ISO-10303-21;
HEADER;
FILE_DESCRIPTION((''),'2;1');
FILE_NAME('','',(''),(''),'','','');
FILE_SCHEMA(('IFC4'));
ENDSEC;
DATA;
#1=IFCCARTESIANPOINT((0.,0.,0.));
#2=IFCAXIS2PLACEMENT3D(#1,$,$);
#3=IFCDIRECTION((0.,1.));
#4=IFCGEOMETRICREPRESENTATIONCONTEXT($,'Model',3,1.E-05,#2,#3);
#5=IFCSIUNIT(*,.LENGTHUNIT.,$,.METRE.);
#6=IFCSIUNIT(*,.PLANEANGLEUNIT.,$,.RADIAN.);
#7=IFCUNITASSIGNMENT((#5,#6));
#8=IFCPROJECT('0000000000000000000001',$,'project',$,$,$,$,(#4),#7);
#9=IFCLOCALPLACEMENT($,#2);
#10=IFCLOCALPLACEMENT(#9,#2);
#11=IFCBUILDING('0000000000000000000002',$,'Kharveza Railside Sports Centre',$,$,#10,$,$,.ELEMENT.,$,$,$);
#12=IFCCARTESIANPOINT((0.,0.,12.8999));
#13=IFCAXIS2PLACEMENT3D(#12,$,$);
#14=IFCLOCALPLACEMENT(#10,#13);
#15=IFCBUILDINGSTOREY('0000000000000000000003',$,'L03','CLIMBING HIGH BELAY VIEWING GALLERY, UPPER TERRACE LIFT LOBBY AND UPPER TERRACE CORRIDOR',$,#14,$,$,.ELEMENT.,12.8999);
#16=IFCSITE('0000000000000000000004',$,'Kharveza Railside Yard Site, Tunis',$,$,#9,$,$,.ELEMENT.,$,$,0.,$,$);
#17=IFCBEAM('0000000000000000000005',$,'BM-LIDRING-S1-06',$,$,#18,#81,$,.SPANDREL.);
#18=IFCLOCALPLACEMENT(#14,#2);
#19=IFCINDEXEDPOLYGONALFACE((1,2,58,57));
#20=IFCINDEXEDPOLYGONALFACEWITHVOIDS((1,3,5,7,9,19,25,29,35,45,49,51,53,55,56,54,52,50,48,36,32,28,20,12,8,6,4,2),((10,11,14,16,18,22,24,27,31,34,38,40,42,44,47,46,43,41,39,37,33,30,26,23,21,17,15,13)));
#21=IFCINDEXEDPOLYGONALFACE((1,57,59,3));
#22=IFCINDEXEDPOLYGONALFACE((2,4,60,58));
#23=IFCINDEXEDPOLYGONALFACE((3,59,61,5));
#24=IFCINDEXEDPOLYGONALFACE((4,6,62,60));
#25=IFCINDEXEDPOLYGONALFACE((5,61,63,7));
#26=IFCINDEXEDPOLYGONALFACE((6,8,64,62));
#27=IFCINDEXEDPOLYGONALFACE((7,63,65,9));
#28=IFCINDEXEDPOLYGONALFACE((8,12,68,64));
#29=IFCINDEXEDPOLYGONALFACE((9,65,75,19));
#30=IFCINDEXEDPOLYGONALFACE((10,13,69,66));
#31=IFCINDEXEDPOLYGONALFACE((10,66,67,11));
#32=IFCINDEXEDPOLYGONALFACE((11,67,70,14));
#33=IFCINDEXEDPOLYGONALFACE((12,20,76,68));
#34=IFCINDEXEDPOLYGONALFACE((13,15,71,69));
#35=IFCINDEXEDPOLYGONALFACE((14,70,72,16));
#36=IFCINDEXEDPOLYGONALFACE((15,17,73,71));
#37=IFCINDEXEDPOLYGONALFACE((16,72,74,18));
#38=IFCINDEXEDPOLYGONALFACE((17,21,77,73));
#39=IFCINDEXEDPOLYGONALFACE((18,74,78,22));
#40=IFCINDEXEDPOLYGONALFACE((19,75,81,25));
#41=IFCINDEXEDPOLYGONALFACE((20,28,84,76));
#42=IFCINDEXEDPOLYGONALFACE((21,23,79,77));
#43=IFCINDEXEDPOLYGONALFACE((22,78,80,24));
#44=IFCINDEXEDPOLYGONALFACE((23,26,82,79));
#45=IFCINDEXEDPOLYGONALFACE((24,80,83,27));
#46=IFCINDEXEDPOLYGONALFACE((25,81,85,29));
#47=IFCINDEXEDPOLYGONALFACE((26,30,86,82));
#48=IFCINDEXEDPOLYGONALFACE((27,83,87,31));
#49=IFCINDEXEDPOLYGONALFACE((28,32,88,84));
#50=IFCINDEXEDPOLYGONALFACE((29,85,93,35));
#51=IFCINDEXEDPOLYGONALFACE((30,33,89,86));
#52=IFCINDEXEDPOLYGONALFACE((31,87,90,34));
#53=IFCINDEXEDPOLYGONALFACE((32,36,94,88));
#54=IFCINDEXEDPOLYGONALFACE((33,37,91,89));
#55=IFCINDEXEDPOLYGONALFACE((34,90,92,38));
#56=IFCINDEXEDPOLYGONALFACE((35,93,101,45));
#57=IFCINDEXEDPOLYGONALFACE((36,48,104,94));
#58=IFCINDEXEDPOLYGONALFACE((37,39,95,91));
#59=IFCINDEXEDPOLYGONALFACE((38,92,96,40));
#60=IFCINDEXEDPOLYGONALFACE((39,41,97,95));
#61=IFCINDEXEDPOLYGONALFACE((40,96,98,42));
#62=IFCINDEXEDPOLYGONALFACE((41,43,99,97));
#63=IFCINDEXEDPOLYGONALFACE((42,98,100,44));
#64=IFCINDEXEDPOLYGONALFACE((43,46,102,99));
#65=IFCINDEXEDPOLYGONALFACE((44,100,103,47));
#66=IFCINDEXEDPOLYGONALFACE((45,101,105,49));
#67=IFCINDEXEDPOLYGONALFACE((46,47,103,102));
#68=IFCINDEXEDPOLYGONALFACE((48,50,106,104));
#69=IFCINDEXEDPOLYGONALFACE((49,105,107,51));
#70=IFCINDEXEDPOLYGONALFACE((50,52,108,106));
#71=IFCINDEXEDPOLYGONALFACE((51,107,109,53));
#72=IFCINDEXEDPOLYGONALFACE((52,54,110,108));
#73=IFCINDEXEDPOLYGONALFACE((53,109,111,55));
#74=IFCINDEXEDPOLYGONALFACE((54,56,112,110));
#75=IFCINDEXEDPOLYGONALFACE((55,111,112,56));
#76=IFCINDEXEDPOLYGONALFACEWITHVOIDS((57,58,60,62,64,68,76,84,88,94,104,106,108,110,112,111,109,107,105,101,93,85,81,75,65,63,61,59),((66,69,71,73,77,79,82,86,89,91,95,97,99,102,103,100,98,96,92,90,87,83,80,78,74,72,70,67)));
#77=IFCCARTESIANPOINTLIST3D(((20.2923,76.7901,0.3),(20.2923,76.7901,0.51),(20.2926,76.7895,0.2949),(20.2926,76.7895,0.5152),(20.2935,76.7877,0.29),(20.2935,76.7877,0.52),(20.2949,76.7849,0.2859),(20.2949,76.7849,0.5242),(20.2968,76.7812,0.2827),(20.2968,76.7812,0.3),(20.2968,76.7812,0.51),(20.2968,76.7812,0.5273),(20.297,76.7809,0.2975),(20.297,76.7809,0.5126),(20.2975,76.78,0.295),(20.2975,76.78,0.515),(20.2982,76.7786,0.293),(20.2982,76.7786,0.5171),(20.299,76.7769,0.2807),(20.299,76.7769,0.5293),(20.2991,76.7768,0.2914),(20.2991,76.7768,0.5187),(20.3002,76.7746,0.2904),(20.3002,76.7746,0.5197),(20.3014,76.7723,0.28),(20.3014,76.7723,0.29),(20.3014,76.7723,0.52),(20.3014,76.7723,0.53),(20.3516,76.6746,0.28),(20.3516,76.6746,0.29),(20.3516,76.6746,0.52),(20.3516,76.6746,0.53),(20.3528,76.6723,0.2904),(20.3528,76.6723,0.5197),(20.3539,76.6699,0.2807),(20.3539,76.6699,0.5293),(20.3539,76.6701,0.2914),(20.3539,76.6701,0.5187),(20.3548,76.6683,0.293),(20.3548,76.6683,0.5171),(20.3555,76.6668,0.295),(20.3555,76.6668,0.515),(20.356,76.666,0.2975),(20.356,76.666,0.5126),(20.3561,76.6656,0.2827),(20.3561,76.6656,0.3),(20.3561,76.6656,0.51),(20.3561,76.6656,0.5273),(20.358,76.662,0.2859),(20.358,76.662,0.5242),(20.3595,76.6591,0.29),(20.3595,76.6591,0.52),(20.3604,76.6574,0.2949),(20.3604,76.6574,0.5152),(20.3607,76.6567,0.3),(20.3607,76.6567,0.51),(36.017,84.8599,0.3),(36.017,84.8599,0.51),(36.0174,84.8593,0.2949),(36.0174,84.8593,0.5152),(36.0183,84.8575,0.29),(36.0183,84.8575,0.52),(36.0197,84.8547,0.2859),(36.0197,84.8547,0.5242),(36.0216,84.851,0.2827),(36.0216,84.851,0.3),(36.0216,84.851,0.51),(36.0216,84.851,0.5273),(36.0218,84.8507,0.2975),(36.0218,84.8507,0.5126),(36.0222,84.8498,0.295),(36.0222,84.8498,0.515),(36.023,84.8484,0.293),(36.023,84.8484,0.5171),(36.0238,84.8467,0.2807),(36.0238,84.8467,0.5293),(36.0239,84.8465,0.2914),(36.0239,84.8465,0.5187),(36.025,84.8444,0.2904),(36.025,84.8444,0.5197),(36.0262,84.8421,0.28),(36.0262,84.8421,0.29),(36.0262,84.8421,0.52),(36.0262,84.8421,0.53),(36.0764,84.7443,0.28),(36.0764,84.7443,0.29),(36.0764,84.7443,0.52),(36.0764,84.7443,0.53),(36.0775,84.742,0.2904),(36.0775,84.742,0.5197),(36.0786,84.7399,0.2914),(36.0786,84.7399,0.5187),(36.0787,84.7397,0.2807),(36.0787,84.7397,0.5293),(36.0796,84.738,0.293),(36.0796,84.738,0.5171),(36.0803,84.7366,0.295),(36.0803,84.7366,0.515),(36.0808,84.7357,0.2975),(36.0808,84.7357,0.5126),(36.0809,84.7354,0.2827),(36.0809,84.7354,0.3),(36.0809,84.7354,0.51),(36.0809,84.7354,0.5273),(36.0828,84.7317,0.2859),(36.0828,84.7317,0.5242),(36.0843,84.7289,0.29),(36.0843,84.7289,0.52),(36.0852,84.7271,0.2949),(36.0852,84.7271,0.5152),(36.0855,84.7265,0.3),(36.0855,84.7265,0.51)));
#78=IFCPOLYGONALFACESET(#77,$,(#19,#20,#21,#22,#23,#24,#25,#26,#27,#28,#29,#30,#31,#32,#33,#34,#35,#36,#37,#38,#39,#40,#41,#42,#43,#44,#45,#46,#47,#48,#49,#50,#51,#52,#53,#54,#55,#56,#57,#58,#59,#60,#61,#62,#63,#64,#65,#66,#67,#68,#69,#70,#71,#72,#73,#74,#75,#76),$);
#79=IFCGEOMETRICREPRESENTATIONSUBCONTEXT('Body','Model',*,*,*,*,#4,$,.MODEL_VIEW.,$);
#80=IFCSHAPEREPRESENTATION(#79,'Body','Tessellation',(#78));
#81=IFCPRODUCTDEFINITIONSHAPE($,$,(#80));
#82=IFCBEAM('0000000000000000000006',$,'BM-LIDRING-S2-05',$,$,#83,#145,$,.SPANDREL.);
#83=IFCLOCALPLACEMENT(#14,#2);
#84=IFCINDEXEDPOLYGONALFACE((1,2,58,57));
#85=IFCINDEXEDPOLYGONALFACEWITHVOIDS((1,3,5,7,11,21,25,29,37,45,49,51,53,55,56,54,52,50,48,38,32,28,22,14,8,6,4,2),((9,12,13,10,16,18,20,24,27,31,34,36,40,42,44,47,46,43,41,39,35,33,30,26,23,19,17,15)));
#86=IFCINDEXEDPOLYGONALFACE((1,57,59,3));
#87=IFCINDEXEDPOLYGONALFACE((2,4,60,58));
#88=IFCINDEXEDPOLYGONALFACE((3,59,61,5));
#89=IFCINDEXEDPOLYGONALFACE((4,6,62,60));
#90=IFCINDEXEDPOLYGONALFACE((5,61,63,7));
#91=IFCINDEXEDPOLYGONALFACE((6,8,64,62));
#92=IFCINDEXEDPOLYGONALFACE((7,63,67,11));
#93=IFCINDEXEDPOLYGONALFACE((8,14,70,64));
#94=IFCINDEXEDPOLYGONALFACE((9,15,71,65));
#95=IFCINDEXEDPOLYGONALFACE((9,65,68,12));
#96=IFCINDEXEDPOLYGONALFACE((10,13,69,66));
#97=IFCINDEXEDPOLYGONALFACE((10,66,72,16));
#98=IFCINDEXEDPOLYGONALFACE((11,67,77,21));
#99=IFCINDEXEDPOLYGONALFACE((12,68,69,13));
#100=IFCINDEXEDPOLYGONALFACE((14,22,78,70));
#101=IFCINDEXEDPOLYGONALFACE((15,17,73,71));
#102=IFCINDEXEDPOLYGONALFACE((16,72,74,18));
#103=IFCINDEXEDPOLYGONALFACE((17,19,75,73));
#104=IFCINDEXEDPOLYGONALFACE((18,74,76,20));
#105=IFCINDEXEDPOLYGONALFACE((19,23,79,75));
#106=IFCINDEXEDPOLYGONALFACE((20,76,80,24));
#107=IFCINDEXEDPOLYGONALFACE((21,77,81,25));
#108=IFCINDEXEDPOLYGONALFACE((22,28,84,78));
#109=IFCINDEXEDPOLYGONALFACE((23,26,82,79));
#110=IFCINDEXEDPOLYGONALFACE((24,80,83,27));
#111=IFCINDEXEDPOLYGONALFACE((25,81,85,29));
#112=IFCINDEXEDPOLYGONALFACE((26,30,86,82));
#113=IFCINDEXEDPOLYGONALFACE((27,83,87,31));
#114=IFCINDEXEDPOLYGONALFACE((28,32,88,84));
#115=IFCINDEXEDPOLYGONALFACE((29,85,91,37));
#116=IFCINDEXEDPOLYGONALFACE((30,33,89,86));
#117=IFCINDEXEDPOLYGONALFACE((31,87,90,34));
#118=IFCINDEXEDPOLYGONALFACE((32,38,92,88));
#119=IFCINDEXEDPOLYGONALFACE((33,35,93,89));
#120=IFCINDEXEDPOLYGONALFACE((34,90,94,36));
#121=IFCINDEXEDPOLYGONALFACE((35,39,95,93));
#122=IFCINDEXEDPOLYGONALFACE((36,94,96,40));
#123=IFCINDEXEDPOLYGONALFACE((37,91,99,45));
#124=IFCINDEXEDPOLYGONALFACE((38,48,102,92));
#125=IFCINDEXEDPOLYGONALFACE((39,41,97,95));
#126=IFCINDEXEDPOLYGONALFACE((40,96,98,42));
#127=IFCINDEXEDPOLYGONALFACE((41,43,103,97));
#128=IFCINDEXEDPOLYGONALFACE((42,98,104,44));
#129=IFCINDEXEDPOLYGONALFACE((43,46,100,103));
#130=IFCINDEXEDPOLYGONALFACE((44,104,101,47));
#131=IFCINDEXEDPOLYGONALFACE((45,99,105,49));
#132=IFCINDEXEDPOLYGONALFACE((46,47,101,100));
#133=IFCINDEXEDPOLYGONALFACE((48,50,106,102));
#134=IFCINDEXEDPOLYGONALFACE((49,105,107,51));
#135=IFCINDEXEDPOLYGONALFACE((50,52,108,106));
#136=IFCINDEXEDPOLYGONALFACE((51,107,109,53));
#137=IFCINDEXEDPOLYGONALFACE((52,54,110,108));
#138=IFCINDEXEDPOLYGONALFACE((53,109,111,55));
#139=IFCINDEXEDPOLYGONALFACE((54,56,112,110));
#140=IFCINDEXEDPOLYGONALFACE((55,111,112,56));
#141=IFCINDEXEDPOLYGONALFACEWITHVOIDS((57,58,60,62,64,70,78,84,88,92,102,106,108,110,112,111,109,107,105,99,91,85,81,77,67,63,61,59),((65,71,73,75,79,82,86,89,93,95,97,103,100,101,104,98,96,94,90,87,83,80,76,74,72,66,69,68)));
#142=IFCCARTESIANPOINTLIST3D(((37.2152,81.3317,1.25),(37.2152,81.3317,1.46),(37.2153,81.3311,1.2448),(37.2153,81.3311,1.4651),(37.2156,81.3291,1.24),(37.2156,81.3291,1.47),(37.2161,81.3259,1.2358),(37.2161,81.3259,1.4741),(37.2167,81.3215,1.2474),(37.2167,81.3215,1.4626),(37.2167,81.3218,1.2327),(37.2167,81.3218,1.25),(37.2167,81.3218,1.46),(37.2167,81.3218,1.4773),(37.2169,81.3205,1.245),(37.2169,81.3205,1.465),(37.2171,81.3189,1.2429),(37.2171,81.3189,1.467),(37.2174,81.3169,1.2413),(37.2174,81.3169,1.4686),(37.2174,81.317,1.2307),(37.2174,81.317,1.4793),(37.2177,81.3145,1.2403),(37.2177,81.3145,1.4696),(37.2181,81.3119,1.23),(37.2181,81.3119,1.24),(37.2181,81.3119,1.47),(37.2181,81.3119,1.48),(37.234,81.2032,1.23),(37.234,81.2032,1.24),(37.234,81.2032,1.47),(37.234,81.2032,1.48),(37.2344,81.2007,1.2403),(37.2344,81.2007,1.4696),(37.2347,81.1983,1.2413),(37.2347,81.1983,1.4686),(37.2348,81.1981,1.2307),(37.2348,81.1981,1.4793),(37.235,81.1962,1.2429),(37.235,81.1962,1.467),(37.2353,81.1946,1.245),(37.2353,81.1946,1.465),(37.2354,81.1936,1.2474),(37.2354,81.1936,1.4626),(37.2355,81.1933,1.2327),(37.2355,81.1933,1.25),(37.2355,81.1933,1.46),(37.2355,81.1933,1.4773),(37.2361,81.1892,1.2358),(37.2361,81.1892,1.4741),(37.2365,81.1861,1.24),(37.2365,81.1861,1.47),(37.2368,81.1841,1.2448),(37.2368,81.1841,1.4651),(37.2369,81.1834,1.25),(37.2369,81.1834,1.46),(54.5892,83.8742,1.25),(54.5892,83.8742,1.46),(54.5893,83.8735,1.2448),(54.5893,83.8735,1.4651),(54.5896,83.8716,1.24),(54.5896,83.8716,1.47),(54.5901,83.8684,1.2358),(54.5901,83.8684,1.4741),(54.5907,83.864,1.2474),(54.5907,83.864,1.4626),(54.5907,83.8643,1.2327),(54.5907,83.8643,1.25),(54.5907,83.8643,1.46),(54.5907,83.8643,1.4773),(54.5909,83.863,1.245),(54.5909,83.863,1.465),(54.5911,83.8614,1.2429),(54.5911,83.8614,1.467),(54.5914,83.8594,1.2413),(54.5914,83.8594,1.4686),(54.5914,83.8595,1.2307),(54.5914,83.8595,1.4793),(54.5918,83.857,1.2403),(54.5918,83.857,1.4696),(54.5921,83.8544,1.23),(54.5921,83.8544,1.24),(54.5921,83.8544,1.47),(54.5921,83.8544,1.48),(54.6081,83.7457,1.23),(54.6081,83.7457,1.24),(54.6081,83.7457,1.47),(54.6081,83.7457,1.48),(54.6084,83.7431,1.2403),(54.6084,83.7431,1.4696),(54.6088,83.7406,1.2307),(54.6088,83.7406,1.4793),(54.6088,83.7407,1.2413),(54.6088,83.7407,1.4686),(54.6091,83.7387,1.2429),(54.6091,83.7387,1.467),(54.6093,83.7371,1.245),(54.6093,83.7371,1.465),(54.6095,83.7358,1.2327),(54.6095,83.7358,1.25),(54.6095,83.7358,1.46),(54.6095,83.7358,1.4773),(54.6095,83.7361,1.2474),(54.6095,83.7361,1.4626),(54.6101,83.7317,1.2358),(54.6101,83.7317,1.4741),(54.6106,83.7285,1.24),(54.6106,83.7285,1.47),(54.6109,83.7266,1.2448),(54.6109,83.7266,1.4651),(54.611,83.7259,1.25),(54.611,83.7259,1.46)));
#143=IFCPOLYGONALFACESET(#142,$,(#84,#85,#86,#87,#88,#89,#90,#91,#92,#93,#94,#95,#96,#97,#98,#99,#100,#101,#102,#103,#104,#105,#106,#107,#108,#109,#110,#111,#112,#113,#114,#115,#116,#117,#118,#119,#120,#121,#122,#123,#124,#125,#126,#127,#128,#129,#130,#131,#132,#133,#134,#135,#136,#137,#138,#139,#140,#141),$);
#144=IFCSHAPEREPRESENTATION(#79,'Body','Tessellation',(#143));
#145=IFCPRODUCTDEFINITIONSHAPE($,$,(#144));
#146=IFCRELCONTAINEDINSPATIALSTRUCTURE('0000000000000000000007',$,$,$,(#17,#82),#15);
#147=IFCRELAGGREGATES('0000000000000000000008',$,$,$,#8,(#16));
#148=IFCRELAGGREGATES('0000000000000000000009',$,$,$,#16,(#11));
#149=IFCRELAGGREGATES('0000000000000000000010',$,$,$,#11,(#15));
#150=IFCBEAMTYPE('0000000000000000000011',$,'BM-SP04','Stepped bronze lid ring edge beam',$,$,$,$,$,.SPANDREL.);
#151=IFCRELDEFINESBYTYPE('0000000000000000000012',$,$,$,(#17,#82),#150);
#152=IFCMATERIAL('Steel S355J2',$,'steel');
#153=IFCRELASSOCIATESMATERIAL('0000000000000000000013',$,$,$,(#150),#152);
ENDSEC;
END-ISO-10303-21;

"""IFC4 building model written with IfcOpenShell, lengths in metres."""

from ifc_helpers import new_model, si_unit, direction, frame, origin, origin_2d, place, context, subcontext, project, spatial, hollow_rectangle, extrude, material, material_profile, profile_set, type_object, element, save


model = new_model("IFC4")

# Units and contexts
model_context = context("Model", 3, precision=1e-05, world=origin(), true_north=direction((0.0, 1.0)))
body_context = subcontext(model_context, "Body", "Model", "MODEL_VIEW")
ifc_project = project(units=[si_unit("LENGTHUNIT", "METRE"), si_unit("PLANEANGLEUNIT", "RADIAN")], contexts=[model_context])

# Site, building, storey
site_placement = place(None, origin())
site = spatial("IfcSite", under=ifc_project, at=site_placement, Name="Kharveza Railside Yard Site, Tunis", CompositionType="ELEMENT", RefElevation=0.0)
building_placement = place(site_placement, origin())
building = spatial("IfcBuilding", under=site, at=building_placement, Name="Kharveza Railside Sports Centre", CompositionType="ELEMENT")
storey_placement = place(building_placement, frame((0.0, 0.0, 12.8999)))
storey = spatial("IfcBuildingStorey", under=building, at=storey_placement, Name="L03", Description="CLIMBING HIGH BELAY VIEWING GALLERY, UPPER TERRACE LIFT LOBBY AND UPPER TERRACE CORRIDOR", CompositionType="ELEMENT", Elevation=12.8999)

# Beams
ifc_material_1 = material(Name="Steel S355J2", Category="steel")
ifc_material_profile_1 = material_profile(ifc_material_1, hollow_rectangle(XDim=0.1499, YDim=0.25, WallThickness=0.01, InnerFilletRadius=0.01, OuterFilletRadius=0.02, at=origin_2d()), Name="RHS 150x250x10.0")
ifc_profile_set_1 = profile_set([ifc_material_profile_1], Name="Steel S355J2")
beam_type = type_object("IfcBeamType", Name="BM-SP04", Description="Stepped bronze lid ring edge beam", PredefinedType="SPANDREL", material=ifc_profile_set_1)
beam_1_placement = place(storey_placement, frame((36.0513, 84.7932, 0.405), z_axis=(-0.889684, -0.456576, 0.0), x_axis=(0.456576, -0.889684, 0.0)))
element("IfcBeam", 1, at=beam_1_placement, inside=storey, type_object=beam_type, Name="BM-LIDRING-S1-06", PredefinedType="SPANDREL", context=body_context, shape_type="SweptSolid", body=[
    extrude(hollow_rectangle(XDim=0.1499, YDim=0.25, WallThickness=0.01, InnerFilletRadius=0.01, OuterFilletRadius=0.02, at=origin_2d()), origin(), (0.0, 0.0, 1.0), 17.6746),
])
beam_2_placement = place(storey_placement, frame((54.6001, 83.8, 1.355), z_axis=(-0.989462, -0.144796, 0.0), x_axis=(0.144796, -0.989462, 0.0)))
element("IfcBeam", 2, at=beam_2_placement, inside=storey, type_object=beam_type, Name="BM-LIDRING-S2-05", PredefinedType="SPANDREL", context=body_context, shape_type="SweptSolid", body=[
    extrude(hollow_rectangle(XDim=0.1499, YDim=0.25, WallThickness=0.01, InnerFilletRadius=0.01, OuterFilletRadius=0.02, at=origin_2d()), origin(), (0.0, 0.0, 1.0), 17.5591),
])

save(model, "model.ifc")
